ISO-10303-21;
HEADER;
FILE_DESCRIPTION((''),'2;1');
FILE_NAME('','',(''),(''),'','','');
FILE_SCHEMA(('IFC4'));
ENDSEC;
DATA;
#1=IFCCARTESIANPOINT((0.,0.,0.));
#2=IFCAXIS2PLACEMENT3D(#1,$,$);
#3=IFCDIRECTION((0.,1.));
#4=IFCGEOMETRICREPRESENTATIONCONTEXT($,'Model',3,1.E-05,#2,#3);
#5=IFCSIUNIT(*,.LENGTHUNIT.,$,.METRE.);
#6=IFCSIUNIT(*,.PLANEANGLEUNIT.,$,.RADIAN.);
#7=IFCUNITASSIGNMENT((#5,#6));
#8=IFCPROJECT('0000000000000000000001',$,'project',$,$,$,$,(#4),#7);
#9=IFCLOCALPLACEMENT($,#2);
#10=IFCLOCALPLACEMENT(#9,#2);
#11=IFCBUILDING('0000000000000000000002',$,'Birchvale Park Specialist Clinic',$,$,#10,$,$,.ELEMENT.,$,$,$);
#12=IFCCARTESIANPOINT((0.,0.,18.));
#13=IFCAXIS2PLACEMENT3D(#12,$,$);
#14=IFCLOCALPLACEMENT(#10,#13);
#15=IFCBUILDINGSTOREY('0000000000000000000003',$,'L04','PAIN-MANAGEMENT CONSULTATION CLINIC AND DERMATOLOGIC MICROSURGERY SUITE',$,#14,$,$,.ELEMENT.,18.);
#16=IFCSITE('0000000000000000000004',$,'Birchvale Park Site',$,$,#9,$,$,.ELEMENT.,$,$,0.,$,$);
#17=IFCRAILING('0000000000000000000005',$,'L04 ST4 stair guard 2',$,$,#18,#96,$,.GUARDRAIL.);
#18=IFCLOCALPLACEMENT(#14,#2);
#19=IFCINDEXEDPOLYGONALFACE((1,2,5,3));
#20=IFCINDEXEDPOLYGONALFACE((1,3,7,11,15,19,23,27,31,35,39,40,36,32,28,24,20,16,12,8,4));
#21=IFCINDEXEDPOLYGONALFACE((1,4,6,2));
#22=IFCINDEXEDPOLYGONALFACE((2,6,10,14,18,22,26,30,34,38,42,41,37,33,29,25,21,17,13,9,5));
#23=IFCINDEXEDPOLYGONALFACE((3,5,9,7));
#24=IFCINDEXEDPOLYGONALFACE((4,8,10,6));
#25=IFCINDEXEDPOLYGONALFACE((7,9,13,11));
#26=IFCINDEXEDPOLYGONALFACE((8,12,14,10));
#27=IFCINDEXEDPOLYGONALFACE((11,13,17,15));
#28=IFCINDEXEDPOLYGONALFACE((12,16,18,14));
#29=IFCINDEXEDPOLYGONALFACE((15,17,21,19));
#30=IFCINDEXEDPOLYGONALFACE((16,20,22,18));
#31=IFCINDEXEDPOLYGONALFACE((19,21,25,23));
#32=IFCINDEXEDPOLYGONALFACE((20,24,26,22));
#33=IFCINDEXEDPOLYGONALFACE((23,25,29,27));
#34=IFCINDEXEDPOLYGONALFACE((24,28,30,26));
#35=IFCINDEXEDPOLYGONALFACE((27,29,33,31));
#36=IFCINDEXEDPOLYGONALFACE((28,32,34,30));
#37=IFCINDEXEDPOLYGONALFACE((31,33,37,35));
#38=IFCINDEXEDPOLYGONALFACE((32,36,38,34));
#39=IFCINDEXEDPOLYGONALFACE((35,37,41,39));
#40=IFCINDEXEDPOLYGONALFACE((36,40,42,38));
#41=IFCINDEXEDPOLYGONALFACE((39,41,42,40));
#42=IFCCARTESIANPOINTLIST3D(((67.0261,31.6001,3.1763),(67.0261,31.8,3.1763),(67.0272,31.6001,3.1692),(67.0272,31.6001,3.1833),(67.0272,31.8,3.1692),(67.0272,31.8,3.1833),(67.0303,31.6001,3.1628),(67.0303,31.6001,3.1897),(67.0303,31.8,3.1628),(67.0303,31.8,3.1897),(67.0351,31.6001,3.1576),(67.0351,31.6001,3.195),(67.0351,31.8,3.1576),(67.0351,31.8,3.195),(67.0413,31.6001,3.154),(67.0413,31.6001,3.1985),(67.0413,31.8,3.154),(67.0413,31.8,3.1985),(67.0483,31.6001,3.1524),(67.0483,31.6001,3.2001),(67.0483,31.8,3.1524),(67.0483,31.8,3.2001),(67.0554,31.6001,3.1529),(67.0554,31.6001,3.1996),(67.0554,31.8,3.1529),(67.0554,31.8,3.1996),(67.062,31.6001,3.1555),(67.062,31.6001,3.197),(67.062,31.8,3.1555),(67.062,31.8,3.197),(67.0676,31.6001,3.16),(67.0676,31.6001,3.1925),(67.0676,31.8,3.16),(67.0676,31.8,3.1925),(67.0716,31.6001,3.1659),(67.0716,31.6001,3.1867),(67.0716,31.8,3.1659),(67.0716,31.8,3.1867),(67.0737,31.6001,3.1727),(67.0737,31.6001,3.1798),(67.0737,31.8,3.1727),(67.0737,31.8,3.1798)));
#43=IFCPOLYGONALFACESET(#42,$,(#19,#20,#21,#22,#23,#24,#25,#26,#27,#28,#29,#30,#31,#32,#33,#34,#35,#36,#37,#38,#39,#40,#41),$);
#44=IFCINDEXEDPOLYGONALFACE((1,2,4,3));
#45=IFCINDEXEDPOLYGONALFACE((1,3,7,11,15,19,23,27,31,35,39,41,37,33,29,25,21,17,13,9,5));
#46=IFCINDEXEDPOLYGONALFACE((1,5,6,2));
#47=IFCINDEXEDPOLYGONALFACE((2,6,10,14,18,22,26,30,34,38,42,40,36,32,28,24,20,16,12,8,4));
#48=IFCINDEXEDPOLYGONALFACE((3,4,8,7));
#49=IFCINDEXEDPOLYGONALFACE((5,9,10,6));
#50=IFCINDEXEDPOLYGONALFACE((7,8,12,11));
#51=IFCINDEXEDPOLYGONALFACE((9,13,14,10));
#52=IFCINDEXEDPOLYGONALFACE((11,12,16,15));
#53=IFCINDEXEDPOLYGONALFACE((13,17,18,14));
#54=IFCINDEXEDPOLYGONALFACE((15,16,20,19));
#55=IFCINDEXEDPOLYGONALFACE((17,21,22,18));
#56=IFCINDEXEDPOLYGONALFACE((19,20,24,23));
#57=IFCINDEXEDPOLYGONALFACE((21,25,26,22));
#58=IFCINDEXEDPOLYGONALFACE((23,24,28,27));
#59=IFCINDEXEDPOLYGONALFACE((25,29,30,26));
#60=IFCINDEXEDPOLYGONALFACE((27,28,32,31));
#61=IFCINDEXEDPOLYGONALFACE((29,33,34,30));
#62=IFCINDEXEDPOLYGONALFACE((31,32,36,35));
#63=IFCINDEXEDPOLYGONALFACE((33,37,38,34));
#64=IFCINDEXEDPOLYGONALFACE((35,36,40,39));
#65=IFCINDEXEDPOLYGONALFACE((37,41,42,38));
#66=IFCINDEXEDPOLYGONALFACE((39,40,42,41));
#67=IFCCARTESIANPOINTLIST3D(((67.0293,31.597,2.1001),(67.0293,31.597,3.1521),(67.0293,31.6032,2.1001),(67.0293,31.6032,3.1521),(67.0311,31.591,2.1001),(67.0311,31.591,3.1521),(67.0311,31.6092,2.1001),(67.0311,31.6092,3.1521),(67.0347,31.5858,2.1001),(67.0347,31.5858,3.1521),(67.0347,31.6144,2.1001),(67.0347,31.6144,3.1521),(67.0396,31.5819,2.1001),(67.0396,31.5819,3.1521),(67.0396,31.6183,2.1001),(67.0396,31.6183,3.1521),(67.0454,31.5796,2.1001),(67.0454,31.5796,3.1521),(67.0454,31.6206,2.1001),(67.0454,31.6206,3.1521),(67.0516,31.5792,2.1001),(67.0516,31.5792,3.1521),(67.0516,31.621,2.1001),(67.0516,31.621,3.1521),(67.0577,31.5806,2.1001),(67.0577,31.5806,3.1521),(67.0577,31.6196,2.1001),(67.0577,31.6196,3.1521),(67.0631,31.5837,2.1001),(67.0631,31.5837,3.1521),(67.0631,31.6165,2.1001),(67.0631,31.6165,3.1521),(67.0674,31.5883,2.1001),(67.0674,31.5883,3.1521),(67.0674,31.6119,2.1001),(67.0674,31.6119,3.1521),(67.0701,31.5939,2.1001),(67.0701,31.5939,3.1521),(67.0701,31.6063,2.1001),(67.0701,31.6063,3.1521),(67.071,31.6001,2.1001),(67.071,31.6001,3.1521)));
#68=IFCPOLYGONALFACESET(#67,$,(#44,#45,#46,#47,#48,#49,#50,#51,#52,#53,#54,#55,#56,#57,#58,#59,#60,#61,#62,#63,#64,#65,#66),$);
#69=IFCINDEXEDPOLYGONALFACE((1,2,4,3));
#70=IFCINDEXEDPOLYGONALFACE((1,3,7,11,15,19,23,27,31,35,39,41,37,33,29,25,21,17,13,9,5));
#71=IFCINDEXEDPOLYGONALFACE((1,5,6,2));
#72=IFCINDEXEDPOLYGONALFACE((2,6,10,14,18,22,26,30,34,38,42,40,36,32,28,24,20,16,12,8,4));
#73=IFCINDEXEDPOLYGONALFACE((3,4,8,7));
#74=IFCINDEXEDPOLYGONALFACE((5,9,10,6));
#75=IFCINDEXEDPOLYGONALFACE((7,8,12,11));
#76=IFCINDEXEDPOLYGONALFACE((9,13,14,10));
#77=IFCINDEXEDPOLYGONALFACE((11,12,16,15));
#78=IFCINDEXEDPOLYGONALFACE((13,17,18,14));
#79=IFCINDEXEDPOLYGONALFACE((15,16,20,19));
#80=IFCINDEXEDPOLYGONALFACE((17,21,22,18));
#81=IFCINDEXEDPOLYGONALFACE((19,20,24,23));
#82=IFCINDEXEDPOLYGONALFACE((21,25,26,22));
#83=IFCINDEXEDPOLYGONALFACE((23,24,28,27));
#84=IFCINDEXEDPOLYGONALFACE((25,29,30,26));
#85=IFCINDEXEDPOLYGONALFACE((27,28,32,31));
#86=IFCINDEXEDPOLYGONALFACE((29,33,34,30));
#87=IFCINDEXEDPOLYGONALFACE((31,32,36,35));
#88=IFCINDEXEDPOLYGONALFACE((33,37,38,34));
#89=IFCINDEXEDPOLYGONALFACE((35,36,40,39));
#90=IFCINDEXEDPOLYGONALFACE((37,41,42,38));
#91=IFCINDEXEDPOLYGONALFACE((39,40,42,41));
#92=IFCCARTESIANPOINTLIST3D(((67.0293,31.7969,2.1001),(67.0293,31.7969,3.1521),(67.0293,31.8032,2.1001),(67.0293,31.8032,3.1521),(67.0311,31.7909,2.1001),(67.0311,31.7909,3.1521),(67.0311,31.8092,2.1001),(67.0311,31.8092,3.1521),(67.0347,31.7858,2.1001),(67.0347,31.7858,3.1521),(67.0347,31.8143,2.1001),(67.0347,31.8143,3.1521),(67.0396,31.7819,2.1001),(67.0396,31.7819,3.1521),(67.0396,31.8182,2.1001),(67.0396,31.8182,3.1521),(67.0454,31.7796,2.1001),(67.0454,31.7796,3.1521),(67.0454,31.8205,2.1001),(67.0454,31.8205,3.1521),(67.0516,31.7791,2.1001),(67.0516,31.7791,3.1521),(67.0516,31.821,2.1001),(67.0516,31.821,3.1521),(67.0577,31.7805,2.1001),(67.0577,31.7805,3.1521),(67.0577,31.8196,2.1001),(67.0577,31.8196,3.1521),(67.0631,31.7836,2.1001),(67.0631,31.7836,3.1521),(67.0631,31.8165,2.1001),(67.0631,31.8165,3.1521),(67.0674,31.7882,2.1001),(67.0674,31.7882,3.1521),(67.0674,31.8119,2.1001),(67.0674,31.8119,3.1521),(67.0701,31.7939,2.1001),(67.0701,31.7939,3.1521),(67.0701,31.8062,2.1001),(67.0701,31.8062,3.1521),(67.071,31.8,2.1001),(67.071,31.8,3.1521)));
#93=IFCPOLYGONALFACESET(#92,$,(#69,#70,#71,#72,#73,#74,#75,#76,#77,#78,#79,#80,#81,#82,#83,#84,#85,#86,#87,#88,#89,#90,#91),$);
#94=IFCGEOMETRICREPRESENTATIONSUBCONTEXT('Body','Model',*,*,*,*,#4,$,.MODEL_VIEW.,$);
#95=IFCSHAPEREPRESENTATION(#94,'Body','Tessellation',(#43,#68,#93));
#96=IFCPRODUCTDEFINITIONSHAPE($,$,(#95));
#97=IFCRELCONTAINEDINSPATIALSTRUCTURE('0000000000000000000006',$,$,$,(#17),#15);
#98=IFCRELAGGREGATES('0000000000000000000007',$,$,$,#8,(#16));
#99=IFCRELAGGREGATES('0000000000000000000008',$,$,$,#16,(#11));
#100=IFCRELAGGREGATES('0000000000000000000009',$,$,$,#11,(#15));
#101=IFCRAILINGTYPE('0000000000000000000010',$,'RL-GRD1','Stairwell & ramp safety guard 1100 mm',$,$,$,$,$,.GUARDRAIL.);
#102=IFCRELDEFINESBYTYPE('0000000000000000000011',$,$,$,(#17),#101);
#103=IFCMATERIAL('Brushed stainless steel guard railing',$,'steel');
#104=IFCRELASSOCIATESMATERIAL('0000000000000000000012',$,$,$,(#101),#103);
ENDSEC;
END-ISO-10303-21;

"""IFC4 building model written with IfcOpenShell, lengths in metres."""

from ifc_helpers import new_model, si_unit, direction, frame, origin, origin_2d, place, context, subcontext, project, spatial, circle, extrude, material, type_object, element, save


model = new_model("IFC4")

# Units and contexts
model_context = context("Model", 3, precision=1e-05, world=origin(), true_north=direction((0.0, 1.0)))
body_context = subcontext(model_context, "Body", "Model", "MODEL_VIEW")
ifc_project = project(units=[si_unit("LENGTHUNIT", "METRE"), si_unit("PLANEANGLEUNIT", "RADIAN")], contexts=[model_context])

# Site, building, storey
site_placement = place(None, origin())
site = spatial("IfcSite", under=ifc_project, at=site_placement, Name="Birchvale Park Site", CompositionType="ELEMENT", RefElevation=0.0)
building_placement = place(site_placement, origin())
building = spatial("IfcBuilding", under=site, at=building_placement, Name="Birchvale Park Specialist Clinic", CompositionType="ELEMENT")
storey_placement = place(building_placement, frame((0.0, 0.0, 18.0)))
storey = spatial("IfcBuildingStorey", under=building, at=storey_placement, Name="L04", Description="PAIN-MANAGEMENT CONSULTATION CLINIC AND DERMATOLOGIC MICROSURGERY SUITE", CompositionType="ELEMENT", Elevation=18.0)

# Railing
ifc_material_1 = material(Name="Brushed stainless steel guard railing", Category="steel")
railing_type_1 = type_object("IfcRailingType", Name="RL-GRD1", Description="Stairwell & ramp safety guard 1100 mm", PredefinedType="GUARDRAIL", material=ifc_material_1)
railing_1_placement = place(storey_placement, frame((67.05, 31.6001, 2.1001)))
element("IfcRailing", 1, at=railing_1_placement, inside=storey, type_object=railing_type_1, Name="L04 ST4 stair guard 2", PredefinedType="GUARDRAIL", context=body_context, shape_type="SweptSolid", body=[
    extrude(circle(Radius=0.0239, at=origin_2d()), frame((0.0, 0.0, 1.0762), z_axis=(0.0, 1.0, 0.0), x_axis=(-1.0, 0.0, 0.0)), (0.0, 0.0, 1.0), 0.2),
    extrude(circle(Radius=0.021, at=origin_2d()), origin(), (0.0, 0.0, 1.0), 1.052),
    extrude(circle(Radius=0.021, at=origin_2d()), frame((0.0, 0.2, 0.0)), (0.0, 0.0, 1.0), 1.052),
])

save(model, "model.ifc")
